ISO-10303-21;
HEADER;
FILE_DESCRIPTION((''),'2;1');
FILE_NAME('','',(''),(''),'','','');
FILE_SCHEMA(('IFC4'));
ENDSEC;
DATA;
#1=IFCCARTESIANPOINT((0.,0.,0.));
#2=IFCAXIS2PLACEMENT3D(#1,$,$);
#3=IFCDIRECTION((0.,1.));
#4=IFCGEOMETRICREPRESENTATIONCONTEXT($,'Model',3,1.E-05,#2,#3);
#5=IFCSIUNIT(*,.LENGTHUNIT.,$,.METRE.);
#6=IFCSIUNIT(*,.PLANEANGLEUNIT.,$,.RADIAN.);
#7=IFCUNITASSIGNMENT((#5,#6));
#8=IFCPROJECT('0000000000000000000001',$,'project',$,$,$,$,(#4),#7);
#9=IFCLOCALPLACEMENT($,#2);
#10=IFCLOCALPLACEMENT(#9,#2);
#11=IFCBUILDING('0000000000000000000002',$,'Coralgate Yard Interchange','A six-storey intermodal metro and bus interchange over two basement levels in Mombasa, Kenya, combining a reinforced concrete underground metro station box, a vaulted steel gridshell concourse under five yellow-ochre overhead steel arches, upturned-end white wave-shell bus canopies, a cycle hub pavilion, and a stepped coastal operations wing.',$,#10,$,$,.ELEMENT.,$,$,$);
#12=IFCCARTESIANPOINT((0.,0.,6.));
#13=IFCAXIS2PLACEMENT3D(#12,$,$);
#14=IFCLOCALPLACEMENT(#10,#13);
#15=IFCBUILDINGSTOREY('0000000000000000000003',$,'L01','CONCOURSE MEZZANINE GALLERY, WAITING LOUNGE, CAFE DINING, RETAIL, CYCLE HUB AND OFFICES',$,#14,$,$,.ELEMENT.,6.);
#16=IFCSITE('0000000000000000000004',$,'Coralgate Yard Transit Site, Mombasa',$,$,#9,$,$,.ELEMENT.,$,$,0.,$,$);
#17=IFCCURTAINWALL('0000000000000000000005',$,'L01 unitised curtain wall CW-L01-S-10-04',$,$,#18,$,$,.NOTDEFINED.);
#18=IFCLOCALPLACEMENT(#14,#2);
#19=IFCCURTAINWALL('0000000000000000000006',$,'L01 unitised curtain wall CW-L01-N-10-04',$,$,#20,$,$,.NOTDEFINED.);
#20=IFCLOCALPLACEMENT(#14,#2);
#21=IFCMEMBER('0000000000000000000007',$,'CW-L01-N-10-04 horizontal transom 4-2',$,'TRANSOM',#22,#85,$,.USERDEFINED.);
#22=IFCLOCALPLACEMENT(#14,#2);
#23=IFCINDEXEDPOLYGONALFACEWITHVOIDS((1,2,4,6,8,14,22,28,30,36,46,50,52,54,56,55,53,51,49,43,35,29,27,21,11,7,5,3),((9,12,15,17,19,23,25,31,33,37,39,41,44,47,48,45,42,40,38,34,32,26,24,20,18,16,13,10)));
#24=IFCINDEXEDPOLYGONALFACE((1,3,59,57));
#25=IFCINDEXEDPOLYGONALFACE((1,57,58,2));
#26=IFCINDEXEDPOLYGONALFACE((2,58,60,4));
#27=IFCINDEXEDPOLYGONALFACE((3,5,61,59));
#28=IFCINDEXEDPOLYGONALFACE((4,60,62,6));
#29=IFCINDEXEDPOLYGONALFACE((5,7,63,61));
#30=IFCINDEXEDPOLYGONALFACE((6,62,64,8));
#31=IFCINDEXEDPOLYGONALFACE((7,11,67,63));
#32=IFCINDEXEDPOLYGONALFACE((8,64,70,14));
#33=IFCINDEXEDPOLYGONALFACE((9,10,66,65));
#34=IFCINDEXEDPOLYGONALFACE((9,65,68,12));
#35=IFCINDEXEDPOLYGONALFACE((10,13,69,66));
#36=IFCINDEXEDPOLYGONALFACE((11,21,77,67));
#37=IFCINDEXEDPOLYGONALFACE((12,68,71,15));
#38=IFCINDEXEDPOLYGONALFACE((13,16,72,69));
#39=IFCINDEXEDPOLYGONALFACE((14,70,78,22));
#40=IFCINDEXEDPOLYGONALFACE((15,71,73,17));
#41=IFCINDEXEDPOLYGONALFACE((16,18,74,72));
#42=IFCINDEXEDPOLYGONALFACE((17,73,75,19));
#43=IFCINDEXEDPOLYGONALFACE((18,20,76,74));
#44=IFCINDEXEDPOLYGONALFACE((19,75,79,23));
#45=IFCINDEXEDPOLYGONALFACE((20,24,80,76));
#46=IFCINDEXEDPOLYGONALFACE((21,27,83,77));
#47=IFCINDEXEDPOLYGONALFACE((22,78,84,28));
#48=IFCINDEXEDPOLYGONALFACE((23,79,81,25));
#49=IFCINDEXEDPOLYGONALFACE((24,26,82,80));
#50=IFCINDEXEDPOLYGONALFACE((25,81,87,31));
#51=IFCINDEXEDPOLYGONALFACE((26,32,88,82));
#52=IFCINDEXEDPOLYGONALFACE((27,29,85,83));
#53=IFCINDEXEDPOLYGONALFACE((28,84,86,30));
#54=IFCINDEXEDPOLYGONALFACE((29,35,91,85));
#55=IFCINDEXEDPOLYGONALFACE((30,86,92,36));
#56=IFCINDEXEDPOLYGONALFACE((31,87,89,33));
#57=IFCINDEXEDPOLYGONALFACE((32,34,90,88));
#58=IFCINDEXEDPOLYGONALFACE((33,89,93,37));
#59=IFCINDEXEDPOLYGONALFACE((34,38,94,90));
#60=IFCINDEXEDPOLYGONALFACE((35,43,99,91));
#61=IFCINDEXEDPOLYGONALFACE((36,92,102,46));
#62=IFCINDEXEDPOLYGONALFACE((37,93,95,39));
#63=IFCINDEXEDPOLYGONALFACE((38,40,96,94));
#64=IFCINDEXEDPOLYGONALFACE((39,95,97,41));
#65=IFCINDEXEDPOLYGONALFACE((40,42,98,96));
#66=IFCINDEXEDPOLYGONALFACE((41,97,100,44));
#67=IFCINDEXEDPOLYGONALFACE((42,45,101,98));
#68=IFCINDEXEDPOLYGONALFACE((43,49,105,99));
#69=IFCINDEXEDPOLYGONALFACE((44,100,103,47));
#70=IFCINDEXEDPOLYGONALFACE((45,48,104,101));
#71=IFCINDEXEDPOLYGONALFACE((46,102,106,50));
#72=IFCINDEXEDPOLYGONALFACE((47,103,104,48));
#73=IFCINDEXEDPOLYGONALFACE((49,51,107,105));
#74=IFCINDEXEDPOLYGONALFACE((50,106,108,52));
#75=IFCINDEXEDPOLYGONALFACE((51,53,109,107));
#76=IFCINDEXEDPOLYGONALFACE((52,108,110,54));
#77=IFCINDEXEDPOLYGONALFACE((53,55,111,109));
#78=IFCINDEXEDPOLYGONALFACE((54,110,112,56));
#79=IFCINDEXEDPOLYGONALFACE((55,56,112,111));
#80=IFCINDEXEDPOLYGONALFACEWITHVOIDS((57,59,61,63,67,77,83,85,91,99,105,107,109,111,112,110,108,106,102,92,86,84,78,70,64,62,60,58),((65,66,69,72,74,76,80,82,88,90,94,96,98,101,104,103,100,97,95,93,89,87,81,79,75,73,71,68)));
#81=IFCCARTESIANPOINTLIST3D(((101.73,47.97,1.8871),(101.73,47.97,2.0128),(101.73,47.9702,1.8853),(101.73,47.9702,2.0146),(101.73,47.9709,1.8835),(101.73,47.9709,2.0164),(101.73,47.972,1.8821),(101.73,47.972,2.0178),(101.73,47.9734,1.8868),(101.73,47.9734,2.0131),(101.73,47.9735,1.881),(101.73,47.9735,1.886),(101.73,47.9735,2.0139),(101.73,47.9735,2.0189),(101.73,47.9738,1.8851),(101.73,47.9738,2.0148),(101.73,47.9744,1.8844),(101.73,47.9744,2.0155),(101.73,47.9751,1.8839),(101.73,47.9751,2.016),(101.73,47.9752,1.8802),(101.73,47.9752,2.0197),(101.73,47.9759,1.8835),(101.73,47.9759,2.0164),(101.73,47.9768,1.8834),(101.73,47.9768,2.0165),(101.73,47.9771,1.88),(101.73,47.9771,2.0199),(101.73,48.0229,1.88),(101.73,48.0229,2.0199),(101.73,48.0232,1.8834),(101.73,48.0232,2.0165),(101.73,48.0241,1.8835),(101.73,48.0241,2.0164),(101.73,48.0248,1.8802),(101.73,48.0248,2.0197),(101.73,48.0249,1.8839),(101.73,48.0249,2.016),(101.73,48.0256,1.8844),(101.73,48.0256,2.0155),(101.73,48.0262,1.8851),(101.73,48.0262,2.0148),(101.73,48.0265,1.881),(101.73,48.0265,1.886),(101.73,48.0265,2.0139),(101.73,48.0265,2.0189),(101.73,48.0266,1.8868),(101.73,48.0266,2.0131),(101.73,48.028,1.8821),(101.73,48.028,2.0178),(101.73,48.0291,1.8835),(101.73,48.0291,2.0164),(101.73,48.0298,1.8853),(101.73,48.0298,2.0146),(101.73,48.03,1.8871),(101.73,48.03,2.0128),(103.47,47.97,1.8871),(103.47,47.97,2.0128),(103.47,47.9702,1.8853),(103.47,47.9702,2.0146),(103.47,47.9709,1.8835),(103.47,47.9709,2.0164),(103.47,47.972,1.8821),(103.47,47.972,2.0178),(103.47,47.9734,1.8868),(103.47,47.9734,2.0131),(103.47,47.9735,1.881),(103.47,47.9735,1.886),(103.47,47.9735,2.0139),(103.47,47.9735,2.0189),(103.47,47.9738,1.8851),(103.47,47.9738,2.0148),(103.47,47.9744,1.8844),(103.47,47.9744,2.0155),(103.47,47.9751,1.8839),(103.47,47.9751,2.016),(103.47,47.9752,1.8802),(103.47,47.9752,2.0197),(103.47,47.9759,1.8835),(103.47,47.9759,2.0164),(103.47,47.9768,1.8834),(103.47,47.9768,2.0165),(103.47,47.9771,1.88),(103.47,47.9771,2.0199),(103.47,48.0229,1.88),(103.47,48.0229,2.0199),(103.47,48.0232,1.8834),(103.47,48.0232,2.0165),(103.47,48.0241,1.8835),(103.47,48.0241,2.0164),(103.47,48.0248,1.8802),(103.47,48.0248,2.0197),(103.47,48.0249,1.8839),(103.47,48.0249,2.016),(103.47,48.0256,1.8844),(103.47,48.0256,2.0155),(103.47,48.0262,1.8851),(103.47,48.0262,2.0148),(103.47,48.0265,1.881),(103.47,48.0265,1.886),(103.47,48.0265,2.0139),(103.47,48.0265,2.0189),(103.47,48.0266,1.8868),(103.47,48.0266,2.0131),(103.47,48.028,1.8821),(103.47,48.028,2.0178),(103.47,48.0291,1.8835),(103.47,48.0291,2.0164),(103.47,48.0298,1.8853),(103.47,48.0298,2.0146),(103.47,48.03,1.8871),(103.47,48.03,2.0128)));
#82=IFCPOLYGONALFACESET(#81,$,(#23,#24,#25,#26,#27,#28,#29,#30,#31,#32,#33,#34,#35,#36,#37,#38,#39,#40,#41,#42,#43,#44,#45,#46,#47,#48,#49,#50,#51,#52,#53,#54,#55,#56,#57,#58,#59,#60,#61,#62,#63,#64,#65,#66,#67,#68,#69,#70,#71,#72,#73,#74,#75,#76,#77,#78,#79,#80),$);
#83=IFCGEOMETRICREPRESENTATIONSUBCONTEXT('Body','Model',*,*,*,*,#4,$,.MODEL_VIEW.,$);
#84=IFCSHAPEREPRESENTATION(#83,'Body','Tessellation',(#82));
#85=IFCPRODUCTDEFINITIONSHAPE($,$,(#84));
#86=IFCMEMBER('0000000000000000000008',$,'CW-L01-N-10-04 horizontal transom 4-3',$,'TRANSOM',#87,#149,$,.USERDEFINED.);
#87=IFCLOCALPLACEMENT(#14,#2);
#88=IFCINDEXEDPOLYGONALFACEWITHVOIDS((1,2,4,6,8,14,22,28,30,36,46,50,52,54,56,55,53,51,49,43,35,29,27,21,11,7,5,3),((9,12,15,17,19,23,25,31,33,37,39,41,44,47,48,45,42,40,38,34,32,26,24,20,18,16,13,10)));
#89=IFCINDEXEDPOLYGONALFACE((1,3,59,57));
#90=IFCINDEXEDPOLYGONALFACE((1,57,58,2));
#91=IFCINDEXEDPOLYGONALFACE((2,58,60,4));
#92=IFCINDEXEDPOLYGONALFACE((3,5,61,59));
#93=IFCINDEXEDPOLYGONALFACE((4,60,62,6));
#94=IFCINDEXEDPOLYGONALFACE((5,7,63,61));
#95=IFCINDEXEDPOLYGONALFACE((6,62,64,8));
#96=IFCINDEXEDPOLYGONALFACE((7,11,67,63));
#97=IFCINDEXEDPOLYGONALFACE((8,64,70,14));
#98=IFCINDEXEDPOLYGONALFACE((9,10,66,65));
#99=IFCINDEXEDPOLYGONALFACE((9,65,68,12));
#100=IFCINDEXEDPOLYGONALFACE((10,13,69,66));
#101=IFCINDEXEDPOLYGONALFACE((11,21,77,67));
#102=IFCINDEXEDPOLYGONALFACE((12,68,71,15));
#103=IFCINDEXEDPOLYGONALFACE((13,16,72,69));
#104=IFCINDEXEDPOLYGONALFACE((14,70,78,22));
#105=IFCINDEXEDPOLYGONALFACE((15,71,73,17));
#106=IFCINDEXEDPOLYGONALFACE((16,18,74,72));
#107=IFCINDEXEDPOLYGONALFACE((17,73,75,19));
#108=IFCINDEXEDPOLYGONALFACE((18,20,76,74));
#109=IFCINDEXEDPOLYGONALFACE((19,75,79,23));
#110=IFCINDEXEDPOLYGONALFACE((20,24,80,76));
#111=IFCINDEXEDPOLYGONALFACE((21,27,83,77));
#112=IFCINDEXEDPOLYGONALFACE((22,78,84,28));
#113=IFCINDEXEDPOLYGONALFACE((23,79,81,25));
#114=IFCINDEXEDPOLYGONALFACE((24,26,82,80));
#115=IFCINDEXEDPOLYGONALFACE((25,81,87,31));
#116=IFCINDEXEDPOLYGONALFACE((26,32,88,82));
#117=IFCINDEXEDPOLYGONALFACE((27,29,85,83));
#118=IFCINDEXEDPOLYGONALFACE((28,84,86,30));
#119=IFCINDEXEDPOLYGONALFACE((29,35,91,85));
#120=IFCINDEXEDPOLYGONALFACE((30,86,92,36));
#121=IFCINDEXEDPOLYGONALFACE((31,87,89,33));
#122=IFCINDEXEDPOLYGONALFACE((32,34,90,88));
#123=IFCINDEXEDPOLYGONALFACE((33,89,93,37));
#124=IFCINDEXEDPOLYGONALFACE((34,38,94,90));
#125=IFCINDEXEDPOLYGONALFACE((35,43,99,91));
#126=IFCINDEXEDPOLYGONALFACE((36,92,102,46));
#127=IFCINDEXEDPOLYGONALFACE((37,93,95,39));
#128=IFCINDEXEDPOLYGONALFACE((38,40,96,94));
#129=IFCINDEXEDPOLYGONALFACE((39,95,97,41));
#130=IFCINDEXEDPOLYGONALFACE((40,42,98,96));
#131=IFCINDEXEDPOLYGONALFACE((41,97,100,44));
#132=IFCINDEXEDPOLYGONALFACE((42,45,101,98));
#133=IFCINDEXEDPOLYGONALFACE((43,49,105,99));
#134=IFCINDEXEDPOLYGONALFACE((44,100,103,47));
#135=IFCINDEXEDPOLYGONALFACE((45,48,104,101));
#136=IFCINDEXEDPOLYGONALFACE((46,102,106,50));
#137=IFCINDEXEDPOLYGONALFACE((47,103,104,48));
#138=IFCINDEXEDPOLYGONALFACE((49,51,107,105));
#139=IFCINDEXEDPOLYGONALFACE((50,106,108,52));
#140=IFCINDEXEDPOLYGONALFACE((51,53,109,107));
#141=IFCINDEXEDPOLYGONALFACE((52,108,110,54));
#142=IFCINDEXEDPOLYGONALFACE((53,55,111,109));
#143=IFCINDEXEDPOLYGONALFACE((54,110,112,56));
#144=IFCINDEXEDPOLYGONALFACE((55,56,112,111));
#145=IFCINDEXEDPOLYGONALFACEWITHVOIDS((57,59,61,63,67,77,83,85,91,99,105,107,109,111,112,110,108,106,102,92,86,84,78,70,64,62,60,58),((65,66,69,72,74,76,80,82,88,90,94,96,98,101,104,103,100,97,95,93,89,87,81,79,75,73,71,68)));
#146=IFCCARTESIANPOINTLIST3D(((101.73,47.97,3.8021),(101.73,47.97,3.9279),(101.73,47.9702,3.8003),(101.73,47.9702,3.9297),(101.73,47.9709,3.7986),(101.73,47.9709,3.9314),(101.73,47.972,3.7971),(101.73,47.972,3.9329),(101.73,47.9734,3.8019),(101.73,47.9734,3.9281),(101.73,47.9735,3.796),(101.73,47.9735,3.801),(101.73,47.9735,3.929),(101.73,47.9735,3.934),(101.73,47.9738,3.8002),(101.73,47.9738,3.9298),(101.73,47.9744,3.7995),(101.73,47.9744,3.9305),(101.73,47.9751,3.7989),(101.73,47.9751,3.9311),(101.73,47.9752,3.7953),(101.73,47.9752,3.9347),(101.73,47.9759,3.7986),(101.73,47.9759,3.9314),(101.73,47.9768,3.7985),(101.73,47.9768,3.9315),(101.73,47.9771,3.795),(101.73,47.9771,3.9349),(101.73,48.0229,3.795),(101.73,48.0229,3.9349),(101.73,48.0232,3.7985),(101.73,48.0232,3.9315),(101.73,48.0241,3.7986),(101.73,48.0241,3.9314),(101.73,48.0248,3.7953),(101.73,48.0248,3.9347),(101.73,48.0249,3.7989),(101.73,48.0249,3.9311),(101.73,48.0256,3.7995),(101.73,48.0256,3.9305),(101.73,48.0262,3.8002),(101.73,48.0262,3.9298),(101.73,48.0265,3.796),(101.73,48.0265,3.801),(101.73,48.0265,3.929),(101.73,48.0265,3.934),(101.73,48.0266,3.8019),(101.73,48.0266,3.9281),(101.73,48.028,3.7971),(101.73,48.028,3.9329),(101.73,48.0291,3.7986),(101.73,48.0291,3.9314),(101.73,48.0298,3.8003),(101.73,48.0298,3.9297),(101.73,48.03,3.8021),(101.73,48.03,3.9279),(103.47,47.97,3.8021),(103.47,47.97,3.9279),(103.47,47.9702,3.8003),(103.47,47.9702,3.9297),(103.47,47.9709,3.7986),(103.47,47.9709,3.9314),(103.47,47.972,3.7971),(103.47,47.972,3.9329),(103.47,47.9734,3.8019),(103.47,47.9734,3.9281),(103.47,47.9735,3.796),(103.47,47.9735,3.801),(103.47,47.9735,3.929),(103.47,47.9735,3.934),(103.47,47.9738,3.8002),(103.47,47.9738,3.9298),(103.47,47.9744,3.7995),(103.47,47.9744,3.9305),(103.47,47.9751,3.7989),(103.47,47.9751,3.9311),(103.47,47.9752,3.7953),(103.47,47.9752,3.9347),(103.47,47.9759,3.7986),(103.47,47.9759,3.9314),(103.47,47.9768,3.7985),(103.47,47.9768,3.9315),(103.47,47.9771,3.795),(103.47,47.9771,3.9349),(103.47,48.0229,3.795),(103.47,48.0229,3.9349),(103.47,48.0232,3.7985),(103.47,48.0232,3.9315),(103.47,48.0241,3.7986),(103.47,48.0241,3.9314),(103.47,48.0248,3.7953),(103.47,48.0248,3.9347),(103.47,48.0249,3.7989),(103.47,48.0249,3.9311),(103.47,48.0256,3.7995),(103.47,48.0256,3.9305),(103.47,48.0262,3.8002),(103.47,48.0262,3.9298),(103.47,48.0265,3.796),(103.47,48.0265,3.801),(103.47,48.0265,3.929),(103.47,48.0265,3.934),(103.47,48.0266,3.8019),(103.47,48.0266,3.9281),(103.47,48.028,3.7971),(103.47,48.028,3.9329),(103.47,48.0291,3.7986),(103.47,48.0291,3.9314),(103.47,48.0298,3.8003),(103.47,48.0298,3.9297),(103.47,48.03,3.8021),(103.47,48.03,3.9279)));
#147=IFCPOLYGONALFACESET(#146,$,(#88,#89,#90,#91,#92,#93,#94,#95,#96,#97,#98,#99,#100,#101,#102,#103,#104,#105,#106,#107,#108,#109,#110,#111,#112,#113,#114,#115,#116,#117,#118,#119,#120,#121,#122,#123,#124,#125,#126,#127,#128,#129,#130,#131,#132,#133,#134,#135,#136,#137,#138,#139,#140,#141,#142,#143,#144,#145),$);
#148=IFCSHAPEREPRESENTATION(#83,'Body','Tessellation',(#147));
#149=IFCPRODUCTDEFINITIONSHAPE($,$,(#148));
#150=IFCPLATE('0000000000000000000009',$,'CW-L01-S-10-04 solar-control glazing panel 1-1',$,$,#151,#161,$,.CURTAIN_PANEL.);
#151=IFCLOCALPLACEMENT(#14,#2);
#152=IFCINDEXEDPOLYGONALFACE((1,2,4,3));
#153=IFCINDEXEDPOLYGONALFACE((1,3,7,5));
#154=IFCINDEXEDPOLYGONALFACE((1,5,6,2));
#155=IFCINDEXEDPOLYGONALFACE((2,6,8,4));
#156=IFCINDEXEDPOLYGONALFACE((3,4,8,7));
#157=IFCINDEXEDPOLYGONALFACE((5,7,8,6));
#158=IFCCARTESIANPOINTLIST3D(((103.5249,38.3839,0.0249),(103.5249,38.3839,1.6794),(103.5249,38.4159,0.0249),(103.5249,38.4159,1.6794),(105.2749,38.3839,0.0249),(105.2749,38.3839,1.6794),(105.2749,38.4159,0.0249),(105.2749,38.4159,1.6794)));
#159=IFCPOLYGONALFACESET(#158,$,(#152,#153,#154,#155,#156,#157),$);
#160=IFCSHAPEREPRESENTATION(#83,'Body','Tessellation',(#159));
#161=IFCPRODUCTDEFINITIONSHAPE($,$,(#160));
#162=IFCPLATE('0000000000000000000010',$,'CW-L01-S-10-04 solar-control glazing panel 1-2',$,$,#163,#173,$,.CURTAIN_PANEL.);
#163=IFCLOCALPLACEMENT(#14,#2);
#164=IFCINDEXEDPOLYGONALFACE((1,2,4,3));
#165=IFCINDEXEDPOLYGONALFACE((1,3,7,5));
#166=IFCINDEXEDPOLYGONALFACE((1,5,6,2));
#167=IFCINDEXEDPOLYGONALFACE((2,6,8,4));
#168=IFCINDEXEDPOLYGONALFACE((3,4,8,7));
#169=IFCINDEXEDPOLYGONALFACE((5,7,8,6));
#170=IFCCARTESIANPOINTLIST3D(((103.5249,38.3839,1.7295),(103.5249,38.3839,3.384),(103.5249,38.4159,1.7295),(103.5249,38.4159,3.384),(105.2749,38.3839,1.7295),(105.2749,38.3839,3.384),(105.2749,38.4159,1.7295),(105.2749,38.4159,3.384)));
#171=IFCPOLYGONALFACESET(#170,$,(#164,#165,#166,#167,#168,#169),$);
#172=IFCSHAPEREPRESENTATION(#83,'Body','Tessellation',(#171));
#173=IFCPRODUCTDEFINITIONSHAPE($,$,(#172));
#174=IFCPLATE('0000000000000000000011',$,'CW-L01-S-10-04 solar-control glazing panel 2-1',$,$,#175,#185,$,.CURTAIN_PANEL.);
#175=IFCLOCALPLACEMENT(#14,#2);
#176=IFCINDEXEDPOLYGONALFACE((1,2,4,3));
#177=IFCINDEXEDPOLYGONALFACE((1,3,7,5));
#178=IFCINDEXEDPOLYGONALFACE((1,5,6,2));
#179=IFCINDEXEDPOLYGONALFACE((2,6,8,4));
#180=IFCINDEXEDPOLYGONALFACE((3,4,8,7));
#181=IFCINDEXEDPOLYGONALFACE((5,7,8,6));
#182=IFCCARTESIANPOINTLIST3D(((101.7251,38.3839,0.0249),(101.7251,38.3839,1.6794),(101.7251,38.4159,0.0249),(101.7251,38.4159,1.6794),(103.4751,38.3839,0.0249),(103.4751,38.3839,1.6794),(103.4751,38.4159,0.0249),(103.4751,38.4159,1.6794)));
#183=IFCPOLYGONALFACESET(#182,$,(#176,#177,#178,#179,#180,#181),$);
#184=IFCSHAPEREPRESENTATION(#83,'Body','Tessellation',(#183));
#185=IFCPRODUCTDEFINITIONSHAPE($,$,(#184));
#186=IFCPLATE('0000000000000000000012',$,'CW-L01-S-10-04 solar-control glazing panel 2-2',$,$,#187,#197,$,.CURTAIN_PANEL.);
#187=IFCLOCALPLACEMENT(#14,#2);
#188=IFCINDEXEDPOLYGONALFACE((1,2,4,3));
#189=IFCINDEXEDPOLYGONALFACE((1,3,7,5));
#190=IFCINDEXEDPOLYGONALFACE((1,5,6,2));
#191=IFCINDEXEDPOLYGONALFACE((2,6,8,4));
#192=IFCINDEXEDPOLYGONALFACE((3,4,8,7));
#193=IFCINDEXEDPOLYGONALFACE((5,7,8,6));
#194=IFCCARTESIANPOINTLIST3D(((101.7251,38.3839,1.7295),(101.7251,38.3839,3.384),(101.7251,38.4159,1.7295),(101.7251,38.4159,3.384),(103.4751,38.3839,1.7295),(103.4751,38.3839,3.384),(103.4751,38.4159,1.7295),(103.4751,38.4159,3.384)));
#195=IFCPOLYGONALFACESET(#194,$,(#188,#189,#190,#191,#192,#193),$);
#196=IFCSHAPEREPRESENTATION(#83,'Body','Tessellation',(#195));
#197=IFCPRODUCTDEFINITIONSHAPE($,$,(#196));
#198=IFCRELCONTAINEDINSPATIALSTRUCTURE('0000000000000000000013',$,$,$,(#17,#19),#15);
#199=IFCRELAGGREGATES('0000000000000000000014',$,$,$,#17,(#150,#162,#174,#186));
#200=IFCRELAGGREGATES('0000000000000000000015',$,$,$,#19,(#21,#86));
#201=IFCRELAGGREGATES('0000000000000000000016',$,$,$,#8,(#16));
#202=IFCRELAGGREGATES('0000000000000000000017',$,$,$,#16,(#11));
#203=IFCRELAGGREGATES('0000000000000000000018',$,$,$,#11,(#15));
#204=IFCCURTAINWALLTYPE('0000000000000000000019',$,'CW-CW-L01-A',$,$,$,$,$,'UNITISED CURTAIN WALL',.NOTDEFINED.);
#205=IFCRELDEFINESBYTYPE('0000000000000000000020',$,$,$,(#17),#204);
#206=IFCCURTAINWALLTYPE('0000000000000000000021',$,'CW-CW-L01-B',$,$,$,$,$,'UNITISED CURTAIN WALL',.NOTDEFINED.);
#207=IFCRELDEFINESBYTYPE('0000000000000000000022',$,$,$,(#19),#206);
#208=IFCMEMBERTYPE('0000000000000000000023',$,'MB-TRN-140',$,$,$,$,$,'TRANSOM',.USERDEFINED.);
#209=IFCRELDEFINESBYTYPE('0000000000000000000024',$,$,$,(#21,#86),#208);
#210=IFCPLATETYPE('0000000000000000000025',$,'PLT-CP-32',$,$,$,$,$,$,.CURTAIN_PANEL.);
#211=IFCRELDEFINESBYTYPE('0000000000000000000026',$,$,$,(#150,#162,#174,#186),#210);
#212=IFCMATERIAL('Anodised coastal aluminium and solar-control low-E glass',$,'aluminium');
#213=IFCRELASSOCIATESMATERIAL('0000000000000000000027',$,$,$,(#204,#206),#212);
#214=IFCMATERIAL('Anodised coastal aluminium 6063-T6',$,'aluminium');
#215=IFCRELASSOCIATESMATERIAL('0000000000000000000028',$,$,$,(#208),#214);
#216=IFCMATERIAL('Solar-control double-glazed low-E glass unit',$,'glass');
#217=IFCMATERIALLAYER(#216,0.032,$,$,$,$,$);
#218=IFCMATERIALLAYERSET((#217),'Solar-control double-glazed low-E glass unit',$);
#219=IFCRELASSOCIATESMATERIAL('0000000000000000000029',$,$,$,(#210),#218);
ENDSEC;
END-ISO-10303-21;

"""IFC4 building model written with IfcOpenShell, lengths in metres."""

from ifc_helpers import new_model, si_unit, direction, frame, origin, origin_2d, place, context, subcontext, project, spatial, rectangle, hollow_rectangle, extrude, material, layer, layer_set, material_profile, profile_set, type_object, element, aggregate, save


model = new_model("IFC4")

# Units and contexts
model_context = context("Model", 3, precision=1e-05, world=origin(), true_north=direction((0.0, 1.0)))
body_context = subcontext(model_context, "Body", "Model", "MODEL_VIEW")
ifc_project = project(units=[si_unit("LENGTHUNIT", "METRE"), si_unit("PLANEANGLEUNIT", "RADIAN")], contexts=[model_context])

# Site, building, storey
site_placement = place(None, origin())
site = spatial("IfcSite", under=ifc_project, at=site_placement, Name="Coralgate Yard Transit Site, Mombasa", CompositionType="ELEMENT", RefElevation=0.0)
building_placement = place(site_placement, origin())
building = spatial("IfcBuilding", under=site, at=building_placement, Name="Coralgate Yard Interchange", Description="A six-storey intermodal metro and bus interchange over two basement levels in Mombasa, Kenya, combining a reinforced concrete underground metro station box, a vaulted steel gridshell concourse under five yellow-ochre overhead steel arches, upturned-end white wave-shell bus canopies, a cycle hub pavilion, and a stepped coastal operations wing.", CompositionType="ELEMENT")
storey_placement = place(building_placement, frame((0.0, 0.0, 6.0)))
storey = spatial("IfcBuildingStorey", under=building, at=storey_placement, Name="L01", Description="CONCOURSE MEZZANINE GALLERY, WAITING LOUNGE, CAFE DINING, RETAIL, CYCLE HUB AND OFFICES", CompositionType="ELEMENT", Elevation=6.0)

# Curtain wall
ifc_material_1 = material(Name="Anodised coastal aluminium and solar-control low-E glass", Category="aluminium")
curtain_wall_type_1 = type_object("IfcCurtainWallType", Name="CW-CW-L01-A", ElementType="UNITISED CURTAIN WALL", PredefinedType="NOTDEFINED", material=ifc_material_1)
curtain_wall_1_placement = place(storey_placement, origin())
curtain_wall_1 = element("IfcCurtainWall", 1, at=curtain_wall_1_placement, inside=storey, type_object=curtain_wall_type_1, Name="L01 unitised curtain wall CW-L01-S-10-04", PredefinedType="NOTDEFINED")
ifc_material_2 = material(Name="Anodised coastal aluminium 6063-T6", Category="aluminium")

# Curtain wall
curtain_wall_type_2 = type_object("IfcCurtainWallType", Name="CW-CW-L01-B", ElementType="UNITISED CURTAIN WALL", PredefinedType="NOTDEFINED", material=ifc_material_1)
curtain_wall_2_placement = place(storey_placement, origin())
curtain_wall_2 = element("IfcCurtainWall", 2, at=curtain_wall_2_placement, inside=storey, type_object=curtain_wall_type_2, Name="L01 unitised curtain wall CW-L01-N-10-04", PredefinedType="NOTDEFINED")

# Members
ifc_material_profile_1 = material_profile(ifc_material_2, hollow_rectangle(XDim=0.0601, YDim=0.1399, WallThickness=0.0034, InnerFilletRadius=0.0034, OuterFilletRadius=0.0071, at=origin_2d()), Name="ALU 60x140x3.5")
ifc_profile_set_1 = profile_set([ifc_material_profile_1], Name="Anodised coastal aluminium 6063-T6")
member_type_1 = type_object("IfcMemberType", Name="MB-TRN-140", ElementType="TRANSOM", PredefinedType="USERDEFINED", material=ifc_profile_set_1)
member_1_placement = place(storey_placement, frame((101.73, 48.0, 1.95), z_axis=(1.0, 0.0, 0.0), x_axis=(0.0, 1.0, 0.0)))
member_1 = element("IfcMember", 3, at=member_1_placement, type_object=member_type_1, Name="CW-L01-N-10-04 horizontal transom 4-2", ObjectType="TRANSOM", PredefinedType="USERDEFINED", context=body_context, shape_type="SweptSolid", body=[
    extrude(hollow_rectangle(XDim=0.0601, YDim=0.1399, WallThickness=0.0034, InnerFilletRadius=0.0034, OuterFilletRadius=0.0071, at=origin_2d()), origin(), (0.0, 0.0, 1.0), 1.74),
])
member_2_placement = place(storey_placement, frame((101.73, 48.0, 3.865), z_axis=(1.0, 0.0, 0.0), x_axis=(0.0, 1.0, 0.0)))
member_2 = element("IfcMember", 4, at=member_2_placement, type_object=member_type_1, Name="CW-L01-N-10-04 horizontal transom 4-3", ObjectType="TRANSOM", PredefinedType="USERDEFINED", context=body_context, shape_type="SweptSolid", body=[
    extrude(hollow_rectangle(XDim=0.0601, YDim=0.1399, WallThickness=0.0034, InnerFilletRadius=0.0034, OuterFilletRadius=0.0071, at=origin_2d()), origin(), (0.0, 0.0, 1.0), 1.74),
])

# Plates
ifc_material_3 = material(Name="Solar-control double-glazed low-E glass unit", Category="glass")
ifc_layer = layer(ifc_material_3, 0.032)
ifc_layer_set = layer_set([ifc_layer], Name="Solar-control double-glazed low-E glass unit")
plate_type = type_object("IfcPlateType", Name="PLT-CP-32", PredefinedType="CURTAIN_PANEL", material=ifc_layer_set)
plate_1_placement = place(storey_placement, frame((104.3999, 38.3999, 0.0249), z_axis=(0.0, 0.0, 1.0), x_axis=(-1.0, 0.0, 0.0)))
plate_1 = element("IfcPlate", 5, at=plate_1_placement, type_object=plate_type, Name="CW-L01-S-10-04 solar-control glazing panel 1-1", PredefinedType="CURTAIN_PANEL", context=body_context, shape_type="SweptSolid", body=[
    extrude(rectangle(XDim=1.75, YDim=0.032, at=origin_2d()), origin(), (0.0, 0.0, 1.0), 1.6545),
])
plate_2_placement = place(storey_placement, frame((104.3999, 38.3999, 1.7295), z_axis=(0.0, 0.0, 1.0), x_axis=(-1.0, 0.0, 0.0)))
plate_2 = element("IfcPlate", 6, at=plate_2_placement, type_object=plate_type, Name="CW-L01-S-10-04 solar-control glazing panel 1-2", PredefinedType="CURTAIN_PANEL", context=body_context, shape_type="SweptSolid", body=[
    extrude(rectangle(XDim=1.75, YDim=0.032, at=origin_2d()), origin(), (0.0, 0.0, 1.0), 1.6545),
])
plate_3_placement = place(storey_placement, frame((102.6001, 38.3999, 0.0249), z_axis=(0.0, 0.0, 1.0), x_axis=(-1.0, 0.0, 0.0)))
plate_3 = element("IfcPlate", 7, at=plate_3_placement, type_object=plate_type, Name="CW-L01-S-10-04 solar-control glazing panel 2-1", PredefinedType="CURTAIN_PANEL", context=body_context, shape_type="SweptSolid", body=[
    extrude(rectangle(XDim=1.75, YDim=0.032, at=origin_2d()), origin(), (0.0, 0.0, 1.0), 1.6545),
])
plate_4_placement = place(storey_placement, frame((102.6001, 38.3999, 1.7295), z_axis=(0.0, 0.0, 1.0), x_axis=(-1.0, 0.0, 0.0)))
plate_4 = element("IfcPlate", 8, at=plate_4_placement, type_object=plate_type, Name="CW-L01-S-10-04 solar-control glazing panel 2-2", PredefinedType="CURTAIN_PANEL", context=body_context, shape_type="SweptSolid", body=[
    extrude(rectangle(XDim=1.75, YDim=0.032, at=origin_2d()), origin(), (0.0, 0.0, 1.0), 1.6545),
])
aggregate(curtain_wall_1, [plate_1, plate_2, plate_3, plate_4])
aggregate(curtain_wall_2, [member_1, member_2])

save(model, "model.ifc")
